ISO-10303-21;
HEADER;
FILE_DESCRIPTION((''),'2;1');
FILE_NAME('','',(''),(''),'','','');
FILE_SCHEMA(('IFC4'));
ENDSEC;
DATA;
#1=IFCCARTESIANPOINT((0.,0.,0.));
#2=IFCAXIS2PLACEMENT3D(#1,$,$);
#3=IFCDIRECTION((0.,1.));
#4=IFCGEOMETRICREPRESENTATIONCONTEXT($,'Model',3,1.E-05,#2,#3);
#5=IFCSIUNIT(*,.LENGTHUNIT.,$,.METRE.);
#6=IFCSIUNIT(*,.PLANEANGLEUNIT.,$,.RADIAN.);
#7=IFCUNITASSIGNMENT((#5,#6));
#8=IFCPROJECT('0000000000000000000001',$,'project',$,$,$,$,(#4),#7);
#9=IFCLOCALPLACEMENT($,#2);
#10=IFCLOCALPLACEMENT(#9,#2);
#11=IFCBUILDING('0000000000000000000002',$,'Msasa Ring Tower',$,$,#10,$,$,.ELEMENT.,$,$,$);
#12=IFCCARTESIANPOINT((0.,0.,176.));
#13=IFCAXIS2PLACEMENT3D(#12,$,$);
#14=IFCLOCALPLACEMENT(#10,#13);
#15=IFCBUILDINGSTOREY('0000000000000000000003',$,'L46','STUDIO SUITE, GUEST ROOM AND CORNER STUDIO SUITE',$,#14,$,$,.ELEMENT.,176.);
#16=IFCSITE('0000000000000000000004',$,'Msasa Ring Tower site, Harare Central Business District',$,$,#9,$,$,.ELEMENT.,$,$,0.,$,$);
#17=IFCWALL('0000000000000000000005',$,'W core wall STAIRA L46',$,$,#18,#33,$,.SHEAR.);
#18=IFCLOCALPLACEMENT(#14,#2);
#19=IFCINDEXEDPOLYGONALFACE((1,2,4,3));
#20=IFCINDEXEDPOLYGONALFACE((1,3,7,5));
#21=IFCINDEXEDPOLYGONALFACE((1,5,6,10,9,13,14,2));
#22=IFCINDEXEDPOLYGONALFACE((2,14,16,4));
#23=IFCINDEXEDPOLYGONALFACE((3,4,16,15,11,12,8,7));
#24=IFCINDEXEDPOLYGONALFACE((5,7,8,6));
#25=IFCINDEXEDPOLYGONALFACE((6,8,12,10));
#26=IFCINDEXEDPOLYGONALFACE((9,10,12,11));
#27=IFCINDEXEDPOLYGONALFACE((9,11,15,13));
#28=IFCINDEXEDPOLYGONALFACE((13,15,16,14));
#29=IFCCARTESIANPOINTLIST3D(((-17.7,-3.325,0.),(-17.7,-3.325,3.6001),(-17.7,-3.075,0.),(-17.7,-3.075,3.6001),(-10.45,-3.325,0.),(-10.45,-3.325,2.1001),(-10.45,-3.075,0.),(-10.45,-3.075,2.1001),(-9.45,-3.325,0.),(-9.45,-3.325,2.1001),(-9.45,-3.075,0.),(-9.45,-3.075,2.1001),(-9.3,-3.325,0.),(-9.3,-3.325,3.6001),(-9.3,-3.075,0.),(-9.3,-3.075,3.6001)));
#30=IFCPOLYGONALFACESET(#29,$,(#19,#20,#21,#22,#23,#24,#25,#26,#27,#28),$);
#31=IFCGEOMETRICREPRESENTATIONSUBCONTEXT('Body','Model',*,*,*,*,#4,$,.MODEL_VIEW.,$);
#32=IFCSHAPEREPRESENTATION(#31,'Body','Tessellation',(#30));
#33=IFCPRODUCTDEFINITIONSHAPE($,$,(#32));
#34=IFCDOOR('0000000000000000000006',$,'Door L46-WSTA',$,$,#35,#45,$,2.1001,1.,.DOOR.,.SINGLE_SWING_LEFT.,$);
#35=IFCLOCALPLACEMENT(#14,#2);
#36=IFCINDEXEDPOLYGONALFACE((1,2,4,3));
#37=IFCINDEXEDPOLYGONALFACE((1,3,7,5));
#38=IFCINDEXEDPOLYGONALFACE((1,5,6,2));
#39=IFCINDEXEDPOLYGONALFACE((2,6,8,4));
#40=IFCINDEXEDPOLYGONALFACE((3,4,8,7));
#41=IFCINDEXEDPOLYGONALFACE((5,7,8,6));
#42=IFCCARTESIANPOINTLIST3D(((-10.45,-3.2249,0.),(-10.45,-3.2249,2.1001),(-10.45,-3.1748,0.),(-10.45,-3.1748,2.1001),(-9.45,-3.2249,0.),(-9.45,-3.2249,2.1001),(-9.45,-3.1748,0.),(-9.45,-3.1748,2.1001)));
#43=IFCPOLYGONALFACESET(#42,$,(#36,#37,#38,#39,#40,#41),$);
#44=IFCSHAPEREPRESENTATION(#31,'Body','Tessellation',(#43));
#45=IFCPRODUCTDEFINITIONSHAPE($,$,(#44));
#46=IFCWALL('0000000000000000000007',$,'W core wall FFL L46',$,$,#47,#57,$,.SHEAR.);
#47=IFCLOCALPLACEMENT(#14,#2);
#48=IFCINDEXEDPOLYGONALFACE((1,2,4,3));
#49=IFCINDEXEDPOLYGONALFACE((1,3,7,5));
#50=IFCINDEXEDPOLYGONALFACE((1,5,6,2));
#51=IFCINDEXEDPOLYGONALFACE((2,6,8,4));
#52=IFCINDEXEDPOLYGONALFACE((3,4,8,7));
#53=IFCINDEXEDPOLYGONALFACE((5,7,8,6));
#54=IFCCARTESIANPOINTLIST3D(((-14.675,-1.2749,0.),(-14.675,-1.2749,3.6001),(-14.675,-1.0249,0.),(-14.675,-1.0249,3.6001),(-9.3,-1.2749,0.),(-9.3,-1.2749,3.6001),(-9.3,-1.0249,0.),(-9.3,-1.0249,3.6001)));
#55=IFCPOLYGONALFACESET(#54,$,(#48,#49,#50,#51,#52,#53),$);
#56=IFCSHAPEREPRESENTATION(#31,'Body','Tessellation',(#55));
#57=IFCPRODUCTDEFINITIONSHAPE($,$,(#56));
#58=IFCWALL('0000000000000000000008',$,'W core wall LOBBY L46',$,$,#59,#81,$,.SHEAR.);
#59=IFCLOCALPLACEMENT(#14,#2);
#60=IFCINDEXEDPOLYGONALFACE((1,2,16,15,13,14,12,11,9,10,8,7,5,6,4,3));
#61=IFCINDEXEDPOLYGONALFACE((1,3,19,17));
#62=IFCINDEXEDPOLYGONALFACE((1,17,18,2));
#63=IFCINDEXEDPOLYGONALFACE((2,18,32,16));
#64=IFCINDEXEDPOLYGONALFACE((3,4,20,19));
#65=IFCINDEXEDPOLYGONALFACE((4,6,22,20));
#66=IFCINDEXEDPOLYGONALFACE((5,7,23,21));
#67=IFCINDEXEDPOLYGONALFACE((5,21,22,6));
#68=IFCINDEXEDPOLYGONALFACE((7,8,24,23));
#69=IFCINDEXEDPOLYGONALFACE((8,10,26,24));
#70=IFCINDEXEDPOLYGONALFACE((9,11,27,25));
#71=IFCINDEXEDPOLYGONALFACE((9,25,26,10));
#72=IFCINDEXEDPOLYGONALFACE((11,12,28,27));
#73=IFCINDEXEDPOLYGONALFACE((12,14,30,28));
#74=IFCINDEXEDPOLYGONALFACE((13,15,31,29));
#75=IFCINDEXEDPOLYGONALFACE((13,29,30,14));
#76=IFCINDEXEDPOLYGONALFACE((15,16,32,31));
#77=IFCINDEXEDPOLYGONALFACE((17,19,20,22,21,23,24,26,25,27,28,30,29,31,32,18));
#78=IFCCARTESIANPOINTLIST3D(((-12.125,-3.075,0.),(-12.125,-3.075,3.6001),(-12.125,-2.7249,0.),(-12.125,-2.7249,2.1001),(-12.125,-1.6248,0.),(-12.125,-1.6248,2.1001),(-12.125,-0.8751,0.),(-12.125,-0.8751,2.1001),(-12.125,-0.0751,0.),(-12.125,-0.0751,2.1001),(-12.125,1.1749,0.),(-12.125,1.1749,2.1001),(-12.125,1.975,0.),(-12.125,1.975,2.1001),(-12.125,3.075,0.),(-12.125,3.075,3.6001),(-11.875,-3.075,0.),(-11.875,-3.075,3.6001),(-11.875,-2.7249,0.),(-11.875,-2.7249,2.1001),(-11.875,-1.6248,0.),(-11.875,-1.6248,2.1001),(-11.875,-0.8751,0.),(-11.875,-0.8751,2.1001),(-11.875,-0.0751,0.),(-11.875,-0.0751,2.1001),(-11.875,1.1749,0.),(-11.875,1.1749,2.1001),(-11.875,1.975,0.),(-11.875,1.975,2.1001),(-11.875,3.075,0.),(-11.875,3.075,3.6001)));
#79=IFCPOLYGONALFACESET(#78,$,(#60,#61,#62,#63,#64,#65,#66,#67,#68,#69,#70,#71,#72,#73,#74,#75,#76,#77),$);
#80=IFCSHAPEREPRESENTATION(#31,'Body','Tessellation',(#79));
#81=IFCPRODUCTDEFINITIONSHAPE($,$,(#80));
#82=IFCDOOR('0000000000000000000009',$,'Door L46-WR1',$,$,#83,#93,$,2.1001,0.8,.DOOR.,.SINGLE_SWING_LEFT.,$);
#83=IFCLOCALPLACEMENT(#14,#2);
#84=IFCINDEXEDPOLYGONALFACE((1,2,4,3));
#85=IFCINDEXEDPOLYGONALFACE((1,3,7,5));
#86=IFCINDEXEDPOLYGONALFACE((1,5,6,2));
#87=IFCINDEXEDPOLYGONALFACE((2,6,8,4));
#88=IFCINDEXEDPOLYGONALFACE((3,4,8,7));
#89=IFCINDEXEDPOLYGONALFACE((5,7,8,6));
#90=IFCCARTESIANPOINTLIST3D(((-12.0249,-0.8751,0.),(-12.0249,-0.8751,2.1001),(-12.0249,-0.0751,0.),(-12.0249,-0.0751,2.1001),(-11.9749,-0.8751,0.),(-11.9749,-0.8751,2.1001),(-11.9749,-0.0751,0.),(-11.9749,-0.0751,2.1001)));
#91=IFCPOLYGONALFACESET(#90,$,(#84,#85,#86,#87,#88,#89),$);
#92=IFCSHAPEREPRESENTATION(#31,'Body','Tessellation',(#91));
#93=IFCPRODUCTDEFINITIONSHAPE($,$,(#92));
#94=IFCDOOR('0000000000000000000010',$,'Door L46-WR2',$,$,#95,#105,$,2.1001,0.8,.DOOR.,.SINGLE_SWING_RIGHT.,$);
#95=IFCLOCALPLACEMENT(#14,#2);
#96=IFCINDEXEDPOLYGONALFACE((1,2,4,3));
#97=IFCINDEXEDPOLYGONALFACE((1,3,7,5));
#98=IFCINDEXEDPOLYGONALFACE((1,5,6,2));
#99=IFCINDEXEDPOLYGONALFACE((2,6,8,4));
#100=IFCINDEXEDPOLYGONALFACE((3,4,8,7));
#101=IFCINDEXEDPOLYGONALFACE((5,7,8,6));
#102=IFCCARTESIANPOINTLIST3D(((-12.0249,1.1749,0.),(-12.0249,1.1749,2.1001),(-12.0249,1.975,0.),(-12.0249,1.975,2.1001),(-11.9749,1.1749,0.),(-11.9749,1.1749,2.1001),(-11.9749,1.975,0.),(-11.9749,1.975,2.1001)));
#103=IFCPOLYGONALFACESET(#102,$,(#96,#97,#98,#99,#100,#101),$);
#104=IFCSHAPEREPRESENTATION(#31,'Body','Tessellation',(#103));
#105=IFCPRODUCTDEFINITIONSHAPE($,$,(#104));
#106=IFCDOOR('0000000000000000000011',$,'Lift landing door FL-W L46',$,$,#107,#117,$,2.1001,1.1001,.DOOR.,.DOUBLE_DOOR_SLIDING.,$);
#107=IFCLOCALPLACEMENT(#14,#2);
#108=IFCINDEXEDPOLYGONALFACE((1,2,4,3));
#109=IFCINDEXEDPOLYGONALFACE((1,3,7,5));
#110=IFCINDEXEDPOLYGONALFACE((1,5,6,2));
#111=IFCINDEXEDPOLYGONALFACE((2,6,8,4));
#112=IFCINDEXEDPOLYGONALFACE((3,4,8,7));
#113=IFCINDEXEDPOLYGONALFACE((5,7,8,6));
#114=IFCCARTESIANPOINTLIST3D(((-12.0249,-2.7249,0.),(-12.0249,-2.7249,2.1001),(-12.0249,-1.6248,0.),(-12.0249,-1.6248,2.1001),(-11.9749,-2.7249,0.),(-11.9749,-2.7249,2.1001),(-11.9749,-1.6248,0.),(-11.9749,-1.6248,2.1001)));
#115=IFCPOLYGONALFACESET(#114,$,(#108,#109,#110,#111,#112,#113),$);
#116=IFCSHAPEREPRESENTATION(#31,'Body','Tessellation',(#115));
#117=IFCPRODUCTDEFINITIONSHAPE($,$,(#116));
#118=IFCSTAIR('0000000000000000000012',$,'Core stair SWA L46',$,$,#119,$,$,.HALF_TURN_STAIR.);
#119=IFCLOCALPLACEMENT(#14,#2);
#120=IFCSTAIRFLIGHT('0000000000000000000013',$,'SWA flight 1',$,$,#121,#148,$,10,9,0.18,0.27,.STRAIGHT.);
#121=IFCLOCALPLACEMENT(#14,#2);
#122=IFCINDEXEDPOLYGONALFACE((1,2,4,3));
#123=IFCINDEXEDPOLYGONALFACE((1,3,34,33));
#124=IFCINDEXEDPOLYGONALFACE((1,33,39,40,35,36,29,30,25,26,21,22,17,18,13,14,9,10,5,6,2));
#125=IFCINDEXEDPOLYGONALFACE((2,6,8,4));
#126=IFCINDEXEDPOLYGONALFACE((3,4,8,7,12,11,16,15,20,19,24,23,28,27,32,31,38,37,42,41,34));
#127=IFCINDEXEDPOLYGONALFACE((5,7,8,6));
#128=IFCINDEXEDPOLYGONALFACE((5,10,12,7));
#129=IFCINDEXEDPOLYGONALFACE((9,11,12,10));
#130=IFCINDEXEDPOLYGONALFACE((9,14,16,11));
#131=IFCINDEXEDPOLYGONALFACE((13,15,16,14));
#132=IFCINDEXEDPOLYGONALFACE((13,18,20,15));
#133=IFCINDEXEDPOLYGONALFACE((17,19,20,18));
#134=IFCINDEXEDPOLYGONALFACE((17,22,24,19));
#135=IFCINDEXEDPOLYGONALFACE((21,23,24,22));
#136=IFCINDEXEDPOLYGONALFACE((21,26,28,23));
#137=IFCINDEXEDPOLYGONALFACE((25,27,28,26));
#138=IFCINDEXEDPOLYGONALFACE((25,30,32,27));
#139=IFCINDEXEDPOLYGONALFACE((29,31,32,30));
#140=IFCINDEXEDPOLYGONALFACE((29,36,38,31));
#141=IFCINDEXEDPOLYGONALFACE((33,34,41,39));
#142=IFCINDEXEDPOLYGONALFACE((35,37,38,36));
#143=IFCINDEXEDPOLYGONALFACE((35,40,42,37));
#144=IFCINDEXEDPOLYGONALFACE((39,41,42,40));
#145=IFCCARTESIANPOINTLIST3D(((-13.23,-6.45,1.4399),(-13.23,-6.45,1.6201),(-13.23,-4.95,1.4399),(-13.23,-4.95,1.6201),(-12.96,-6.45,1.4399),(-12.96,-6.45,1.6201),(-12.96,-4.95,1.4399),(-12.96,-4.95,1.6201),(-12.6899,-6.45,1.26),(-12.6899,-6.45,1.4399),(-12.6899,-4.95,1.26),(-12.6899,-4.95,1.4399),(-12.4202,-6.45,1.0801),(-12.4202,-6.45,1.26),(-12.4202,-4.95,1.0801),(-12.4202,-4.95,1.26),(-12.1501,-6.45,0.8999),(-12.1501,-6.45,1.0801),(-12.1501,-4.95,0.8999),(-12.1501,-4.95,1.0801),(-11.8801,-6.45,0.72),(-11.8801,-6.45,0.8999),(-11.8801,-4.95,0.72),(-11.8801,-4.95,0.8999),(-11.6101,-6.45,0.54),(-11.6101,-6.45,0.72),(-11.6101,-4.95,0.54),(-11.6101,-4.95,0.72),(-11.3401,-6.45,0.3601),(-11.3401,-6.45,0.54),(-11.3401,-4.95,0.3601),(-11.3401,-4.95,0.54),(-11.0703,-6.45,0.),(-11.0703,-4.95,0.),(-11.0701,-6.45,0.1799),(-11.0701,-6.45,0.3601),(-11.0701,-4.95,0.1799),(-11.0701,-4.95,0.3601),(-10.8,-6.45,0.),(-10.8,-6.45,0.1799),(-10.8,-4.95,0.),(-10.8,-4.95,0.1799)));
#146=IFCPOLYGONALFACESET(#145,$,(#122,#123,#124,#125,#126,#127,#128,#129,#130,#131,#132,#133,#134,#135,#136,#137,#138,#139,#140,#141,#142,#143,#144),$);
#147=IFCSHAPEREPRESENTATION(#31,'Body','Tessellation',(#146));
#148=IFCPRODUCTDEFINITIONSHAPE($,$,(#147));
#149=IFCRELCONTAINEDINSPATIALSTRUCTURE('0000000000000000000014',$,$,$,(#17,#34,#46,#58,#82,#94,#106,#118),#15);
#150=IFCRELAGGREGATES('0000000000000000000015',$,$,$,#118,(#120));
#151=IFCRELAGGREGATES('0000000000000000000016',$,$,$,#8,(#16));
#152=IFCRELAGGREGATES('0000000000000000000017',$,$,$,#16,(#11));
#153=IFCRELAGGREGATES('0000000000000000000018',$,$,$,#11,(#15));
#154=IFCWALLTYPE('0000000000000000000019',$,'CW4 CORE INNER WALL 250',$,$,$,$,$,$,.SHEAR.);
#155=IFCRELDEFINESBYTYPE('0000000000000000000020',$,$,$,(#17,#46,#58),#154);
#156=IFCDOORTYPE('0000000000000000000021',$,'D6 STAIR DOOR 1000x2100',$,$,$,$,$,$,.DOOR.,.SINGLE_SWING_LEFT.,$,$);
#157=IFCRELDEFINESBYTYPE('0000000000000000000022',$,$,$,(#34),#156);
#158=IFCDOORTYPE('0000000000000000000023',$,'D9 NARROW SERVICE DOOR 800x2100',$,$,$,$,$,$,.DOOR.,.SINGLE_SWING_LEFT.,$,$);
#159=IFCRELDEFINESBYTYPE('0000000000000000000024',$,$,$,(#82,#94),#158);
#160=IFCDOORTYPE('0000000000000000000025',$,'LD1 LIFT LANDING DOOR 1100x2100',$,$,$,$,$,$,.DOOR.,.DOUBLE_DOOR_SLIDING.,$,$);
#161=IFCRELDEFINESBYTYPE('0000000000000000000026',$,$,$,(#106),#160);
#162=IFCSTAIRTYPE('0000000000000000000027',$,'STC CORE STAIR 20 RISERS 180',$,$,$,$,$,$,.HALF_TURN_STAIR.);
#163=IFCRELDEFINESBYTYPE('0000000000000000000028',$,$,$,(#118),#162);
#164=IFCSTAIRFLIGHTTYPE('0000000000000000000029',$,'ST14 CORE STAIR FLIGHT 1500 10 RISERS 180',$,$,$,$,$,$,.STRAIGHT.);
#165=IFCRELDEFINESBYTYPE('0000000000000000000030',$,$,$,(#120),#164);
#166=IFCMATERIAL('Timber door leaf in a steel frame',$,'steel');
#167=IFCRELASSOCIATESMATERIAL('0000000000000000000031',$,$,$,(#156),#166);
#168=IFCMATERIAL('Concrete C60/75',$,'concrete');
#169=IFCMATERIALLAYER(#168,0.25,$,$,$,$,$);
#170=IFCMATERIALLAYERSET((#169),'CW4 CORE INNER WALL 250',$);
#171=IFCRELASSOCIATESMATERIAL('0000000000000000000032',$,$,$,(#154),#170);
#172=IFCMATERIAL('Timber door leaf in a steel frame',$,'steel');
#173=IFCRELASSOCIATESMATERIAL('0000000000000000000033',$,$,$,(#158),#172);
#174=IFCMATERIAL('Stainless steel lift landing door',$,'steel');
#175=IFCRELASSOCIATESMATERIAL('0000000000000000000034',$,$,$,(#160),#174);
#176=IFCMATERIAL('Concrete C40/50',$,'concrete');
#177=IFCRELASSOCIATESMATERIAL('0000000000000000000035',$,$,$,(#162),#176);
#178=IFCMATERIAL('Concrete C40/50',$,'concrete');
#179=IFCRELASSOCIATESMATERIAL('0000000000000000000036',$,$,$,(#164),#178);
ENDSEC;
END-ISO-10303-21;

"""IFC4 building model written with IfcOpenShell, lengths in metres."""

from ifc_helpers import new_model, si_unit, direction, frame, frame_2d, origin, place, context, subcontext, project, spatial, polyline, rectangle, outline, extrude, material, layer, layer_set, type_object, element, fill, aggregate, save


model = new_model("IFC4")

# Units and contexts
model_context = context("Model", 3, precision=1e-05, world=origin(), true_north=direction((0.0, 1.0)))
body_context = subcontext(model_context, "Body", "Model", "MODEL_VIEW")
ifc_project = project(units=[si_unit("LENGTHUNIT", "METRE"), si_unit("PLANEANGLEUNIT", "RADIAN")], contexts=[model_context])

# Site, building, storey
site_placement = place(None, origin())
site = spatial("IfcSite", under=ifc_project, at=site_placement, Name="Msasa Ring Tower site, Harare Central Business District", CompositionType="ELEMENT", RefElevation=0.0)
building_placement = place(site_placement, origin())
building = spatial("IfcBuilding", under=site, at=building_placement, Name="Msasa Ring Tower", CompositionType="ELEMENT")
storey_placement = place(building_placement, frame((0.0, 0.0, 176.0)))
storey = spatial("IfcBuildingStorey", under=building, at=storey_placement, Name="L46", Description="STUDIO SUITE, GUEST ROOM AND CORNER STUDIO SUITE", CompositionType="ELEMENT", Elevation=176.0)

# Shared definitions
ifc_material_1 = material(Name="Timber door leaf in a steel frame", Category="steel")
door_type_1 = type_object("IfcDoorType", Name="D6 STAIR DOOR 1000x2100", OperationType="SINGLE_SWING_LEFT", PredefinedType="DOOR", material=ifc_material_1)

# Wall, opening, door
ifc_material_2 = material(Name="Concrete C60/75", Category="concrete")
ifc_layer_1 = layer(ifc_material_2, 0.25)
ifc_layer_set_1 = layer_set([ifc_layer_1], Name="CW4 CORE INNER WALL 250")
wall_type_1 = type_object("IfcWallType", Name="CW4 CORE INNER WALL 250", PredefinedType="SHEAR", material=ifc_layer_set_1)
wall_1_placement = place(storey_placement, frame((-9.3, -3.2, 0.0), z_axis=(0.0, 0.0, 1.0), x_axis=(-1.0, 0.0, 0.0)))
wall_1 = element("IfcWall", 1, at=wall_1_placement, inside=storey, type_object=wall_type_1, Name="W core wall STAIRA L46", PredefinedType="SHEAR", context=body_context, shape_type="SweptSolid", body=[
    extrude(rectangle(XDim=8.3999, YDim=0.25, at=frame_2d((4.2, 0.0))), origin(), (0.0, 0.0, 1.0), 3.6001),
])
opening_1_placement = place(wall_1_placement, frame((0.1499, 0.0, 0.0)))
opening_1 = element("IfcOpeningElement", 2, at=opening_1_placement, cuts=wall_1, PredefinedType="OPENING", context=body_context, shape_type="SweptSolid", body=[
    extrude(rectangle(XDim=1.0, YDim=2.1001, at=frame_2d((0.5, 1.05))), frame((0.0, 0.135, 0.0), z_axis=(0.0, -1.0, 0.0), x_axis=(1.0, 0.0, 0.0)), (0.0, 0.0, 1.0), 0.27),
])
door_1_placement = place(opening_1_placement, origin())
door_1 = element("IfcDoor", 3, at=door_1_placement, inside=storey, type_object=door_type_1, Name="Door L46-WSTA", OperationType="SINGLE_SWING_LEFT", OverallHeight=2.1001, OverallWidth=1.0, PredefinedType="DOOR", context=body_context, shape_type="SweptSolid", body=[
    extrude(rectangle(XDim=1.0, YDim=2.1001, at=frame_2d((0.5, 1.05))), frame((0.0, 0.0249, 0.0), z_axis=(0.0, -1.0, 0.0), x_axis=(1.0, 0.0, 0.0)), (0.0, 0.0, 1.0), 0.05),
])
fill(opening_1, door_1)

# Wall
wall_2_placement = place(storey_placement, frame((-9.3, -1.1499, 0.0), z_axis=(0.0, 0.0, 1.0), x_axis=(-1.0, 0.0, 0.0)))
element("IfcWall", 4, at=wall_2_placement, inside=storey, type_object=wall_type_1, Name="W core wall FFL L46", PredefinedType="SHEAR", context=body_context, shape_type="SweptSolid", body=[
    extrude(rectangle(XDim=5.375, YDim=0.25, at=frame_2d((2.6875, 0.0))), origin(), (0.0, 0.0, 1.0), 3.6001),
])

# Wall, openings, doors
wall_3_placement = place(storey_placement, frame((-12.0, -3.075, 0.0), z_axis=(0.0, 0.0, 1.0), x_axis=(0.0, 1.0, 0.0)))
wall_3 = element("IfcWall", 5, at=wall_3_placement, inside=storey, type_object=wall_type_1, Name="W core wall LOBBY L46", PredefinedType="SHEAR", context=body_context, shape_type="SweptSolid", body=[
    extrude(rectangle(XDim=6.1499, YDim=0.25, at=frame_2d((3.075, 0.0))), origin(), (0.0, 0.0, 1.0), 3.6001),
])
opening_2_placement = place(wall_3_placement, frame((2.2, 0.0, 0.0)))
opening_2 = element("IfcOpeningElement", 6, at=opening_2_placement, cuts=wall_3, PredefinedType="OPENING", context=body_context, shape_type="SweptSolid", body=[
    extrude(rectangle(XDim=0.8, YDim=2.1001, at=frame_2d((0.3999, 1.05))), frame((0.0, 0.135, 0.0), z_axis=(0.0, -1.0, 0.0), x_axis=(1.0, 0.0, 0.0)), (0.0, 0.0, 1.0), 0.27),
])
opening_3_placement = place(wall_3_placement, frame((4.25, 0.0, 0.0)))
opening_3 = element("IfcOpeningElement", 7, at=opening_3_placement, cuts=wall_3, PredefinedType="OPENING", context=body_context, shape_type="SweptSolid", body=[
    extrude(rectangle(XDim=0.8, YDim=2.1001, at=frame_2d((0.3999, 1.05))), frame((0.0, 0.135, 0.0), z_axis=(0.0, -1.0, 0.0), x_axis=(1.0, 0.0, 0.0)), (0.0, 0.0, 1.0), 0.27),
])
opening_4_placement = place(wall_3_placement, frame((0.3501, 0.0, 0.0)))
opening_4 = element("IfcOpeningElement", 8, at=opening_4_placement, cuts=wall_3, PredefinedType="OPENING", context=body_context, shape_type="SweptSolid", body=[
    extrude(rectangle(XDim=1.1001, YDim=2.1001, at=frame_2d((0.55, 1.05))), frame((0.0, 0.135, 0.0), z_axis=(0.0, -1.0, 0.0), x_axis=(1.0, 0.0, 0.0)), (0.0, 0.0, 1.0), 0.27),
])
ifc_material_3 = material(Name="Timber door leaf in a steel frame", Category="steel")
door_type_2 = type_object("IfcDoorType", Name="D9 NARROW SERVICE DOOR 800x2100", OperationType="SINGLE_SWING_LEFT", PredefinedType="DOOR", material=ifc_material_3)
door_2_placement = place(opening_2_placement, origin())
door_2 = element("IfcDoor", 9, at=door_2_placement, inside=storey, type_object=door_type_2, Name="Door L46-WR1", OperationType="SINGLE_SWING_LEFT", OverallHeight=2.1001, OverallWidth=0.8, PredefinedType="DOOR", context=body_context, shape_type="SweptSolid", body=[
    extrude(rectangle(XDim=0.8, YDim=2.1001, at=frame_2d((0.3999, 1.05))), frame((0.0, 0.0249, 0.0), z_axis=(0.0, -1.0, 0.0), x_axis=(1.0, 0.0, 0.0)), (0.0, 0.0, 1.0), 0.05),
])
fill(opening_2, door_2)
door_3_placement = place(opening_3_placement, origin())
door_3 = element("IfcDoor", 10, at=door_3_placement, inside=storey, type_object=door_type_2, Name="Door L46-WR2", OperationType="SINGLE_SWING_RIGHT", OverallHeight=2.1001, OverallWidth=0.8, PredefinedType="DOOR", context=body_context, shape_type="SweptSolid", body=[
    extrude(rectangle(XDim=0.8, YDim=2.1001, at=frame_2d((0.3999, 1.05))), frame((0.0, 0.0249, 0.0), z_axis=(0.0, -1.0, 0.0), x_axis=(1.0, 0.0, 0.0)), (0.0, 0.0, 1.0), 0.05),
])
fill(opening_3, door_3)
ifc_material_4 = material(Name="Stainless steel lift landing door", Category="steel")
door_type_3 = type_object("IfcDoorType", Name="LD1 LIFT LANDING DOOR 1100x2100", OperationType="DOUBLE_DOOR_SLIDING", PredefinedType="DOOR", material=ifc_material_4)
door_4_placement = place(opening_4_placement, origin())
door_4 = element("IfcDoor", 11, at=door_4_placement, inside=storey, type_object=door_type_3, Name="Lift landing door FL-W L46", OperationType="DOUBLE_DOOR_SLIDING", OverallHeight=2.1001, OverallWidth=1.1001, PredefinedType="DOOR", context=body_context, shape_type="SweptSolid", body=[
    extrude(rectangle(XDim=1.1001, YDim=2.1001, at=frame_2d((0.55, 1.05))), frame((0.0, 0.0249, 0.0), z_axis=(0.0, -1.0, 0.0), x_axis=(1.0, 0.0, 0.0)), (0.0, 0.0, 1.0), 0.05),
])
fill(opening_4, door_4)

# Stair, stair flight
ifc_material_5 = material(Name="Concrete C40/50", Category="concrete")
stair_type = type_object("IfcStairType", Name="STC CORE STAIR 20 RISERS 180", PredefinedType="HALF_TURN_STAIR", material=ifc_material_5)
stair_placement = place(storey_placement, origin())
stair = element("IfcStair", 12, at=stair_placement, inside=storey, type_object=stair_type, Name="Core stair SWA L46", PredefinedType="HALF_TURN_STAIR")
ifc_material_6 = material(Name="Concrete C40/50", Category="concrete")
stair_flight_type = type_object("IfcStairFlightType", Name="ST14 CORE STAIR FLIGHT 1500 10 RISERS 180", PredefinedType="STRAIGHT", material=ifc_material_6)
stair_flight_1_placement = place(storey_placement, frame((-10.8, -5.7, 0.0), z_axis=(0.0, 0.0, 1.0), x_axis=(-1.0, 0.0, 0.0)))
stair_flight_1 = element("IfcStairFlight", 13, at=stair_flight_1_placement, type_object=stair_flight_type, Name="SWA flight 1", NumberOfRisers=10, NumberOfTreads=9, PredefinedType="STRAIGHT", RiserHeight=0.18, TreadLength=0.27, context=body_context, shape_type="SweptSolid", body=[
    extrude(outline(polyline([(0.0, 0.0), (0.0, 0.1799), (0.27, 0.1799), (0.27, 0.3601), (0.54, 0.3601), (0.54, 0.54), (0.8101, 0.54), (0.8101, 0.72), (1.0801, 0.72), (1.0801, 0.8999), (1.3501, 0.8999), (1.3501, 1.0801), (1.6201, 1.0801), (1.6201, 1.26), (1.8899, 1.26), (1.8899, 1.4399), (2.1599, 1.4399), (2.1599, 1.6201), (2.4299, 1.6201), (2.4299, 1.8), (2.4299, 1.4399), (0.2703, 0.0), (0.0, 0.0)])), frame((0.0, 0.75, 0.0), z_axis=(0.0, -1.0, 0.0), x_axis=(1.0, 0.0, 0.0)), (0.0, 0.0, 1.0), 1.5),
])
aggregate(stair, [stair_flight_1])

save(model, "model.ifc")
